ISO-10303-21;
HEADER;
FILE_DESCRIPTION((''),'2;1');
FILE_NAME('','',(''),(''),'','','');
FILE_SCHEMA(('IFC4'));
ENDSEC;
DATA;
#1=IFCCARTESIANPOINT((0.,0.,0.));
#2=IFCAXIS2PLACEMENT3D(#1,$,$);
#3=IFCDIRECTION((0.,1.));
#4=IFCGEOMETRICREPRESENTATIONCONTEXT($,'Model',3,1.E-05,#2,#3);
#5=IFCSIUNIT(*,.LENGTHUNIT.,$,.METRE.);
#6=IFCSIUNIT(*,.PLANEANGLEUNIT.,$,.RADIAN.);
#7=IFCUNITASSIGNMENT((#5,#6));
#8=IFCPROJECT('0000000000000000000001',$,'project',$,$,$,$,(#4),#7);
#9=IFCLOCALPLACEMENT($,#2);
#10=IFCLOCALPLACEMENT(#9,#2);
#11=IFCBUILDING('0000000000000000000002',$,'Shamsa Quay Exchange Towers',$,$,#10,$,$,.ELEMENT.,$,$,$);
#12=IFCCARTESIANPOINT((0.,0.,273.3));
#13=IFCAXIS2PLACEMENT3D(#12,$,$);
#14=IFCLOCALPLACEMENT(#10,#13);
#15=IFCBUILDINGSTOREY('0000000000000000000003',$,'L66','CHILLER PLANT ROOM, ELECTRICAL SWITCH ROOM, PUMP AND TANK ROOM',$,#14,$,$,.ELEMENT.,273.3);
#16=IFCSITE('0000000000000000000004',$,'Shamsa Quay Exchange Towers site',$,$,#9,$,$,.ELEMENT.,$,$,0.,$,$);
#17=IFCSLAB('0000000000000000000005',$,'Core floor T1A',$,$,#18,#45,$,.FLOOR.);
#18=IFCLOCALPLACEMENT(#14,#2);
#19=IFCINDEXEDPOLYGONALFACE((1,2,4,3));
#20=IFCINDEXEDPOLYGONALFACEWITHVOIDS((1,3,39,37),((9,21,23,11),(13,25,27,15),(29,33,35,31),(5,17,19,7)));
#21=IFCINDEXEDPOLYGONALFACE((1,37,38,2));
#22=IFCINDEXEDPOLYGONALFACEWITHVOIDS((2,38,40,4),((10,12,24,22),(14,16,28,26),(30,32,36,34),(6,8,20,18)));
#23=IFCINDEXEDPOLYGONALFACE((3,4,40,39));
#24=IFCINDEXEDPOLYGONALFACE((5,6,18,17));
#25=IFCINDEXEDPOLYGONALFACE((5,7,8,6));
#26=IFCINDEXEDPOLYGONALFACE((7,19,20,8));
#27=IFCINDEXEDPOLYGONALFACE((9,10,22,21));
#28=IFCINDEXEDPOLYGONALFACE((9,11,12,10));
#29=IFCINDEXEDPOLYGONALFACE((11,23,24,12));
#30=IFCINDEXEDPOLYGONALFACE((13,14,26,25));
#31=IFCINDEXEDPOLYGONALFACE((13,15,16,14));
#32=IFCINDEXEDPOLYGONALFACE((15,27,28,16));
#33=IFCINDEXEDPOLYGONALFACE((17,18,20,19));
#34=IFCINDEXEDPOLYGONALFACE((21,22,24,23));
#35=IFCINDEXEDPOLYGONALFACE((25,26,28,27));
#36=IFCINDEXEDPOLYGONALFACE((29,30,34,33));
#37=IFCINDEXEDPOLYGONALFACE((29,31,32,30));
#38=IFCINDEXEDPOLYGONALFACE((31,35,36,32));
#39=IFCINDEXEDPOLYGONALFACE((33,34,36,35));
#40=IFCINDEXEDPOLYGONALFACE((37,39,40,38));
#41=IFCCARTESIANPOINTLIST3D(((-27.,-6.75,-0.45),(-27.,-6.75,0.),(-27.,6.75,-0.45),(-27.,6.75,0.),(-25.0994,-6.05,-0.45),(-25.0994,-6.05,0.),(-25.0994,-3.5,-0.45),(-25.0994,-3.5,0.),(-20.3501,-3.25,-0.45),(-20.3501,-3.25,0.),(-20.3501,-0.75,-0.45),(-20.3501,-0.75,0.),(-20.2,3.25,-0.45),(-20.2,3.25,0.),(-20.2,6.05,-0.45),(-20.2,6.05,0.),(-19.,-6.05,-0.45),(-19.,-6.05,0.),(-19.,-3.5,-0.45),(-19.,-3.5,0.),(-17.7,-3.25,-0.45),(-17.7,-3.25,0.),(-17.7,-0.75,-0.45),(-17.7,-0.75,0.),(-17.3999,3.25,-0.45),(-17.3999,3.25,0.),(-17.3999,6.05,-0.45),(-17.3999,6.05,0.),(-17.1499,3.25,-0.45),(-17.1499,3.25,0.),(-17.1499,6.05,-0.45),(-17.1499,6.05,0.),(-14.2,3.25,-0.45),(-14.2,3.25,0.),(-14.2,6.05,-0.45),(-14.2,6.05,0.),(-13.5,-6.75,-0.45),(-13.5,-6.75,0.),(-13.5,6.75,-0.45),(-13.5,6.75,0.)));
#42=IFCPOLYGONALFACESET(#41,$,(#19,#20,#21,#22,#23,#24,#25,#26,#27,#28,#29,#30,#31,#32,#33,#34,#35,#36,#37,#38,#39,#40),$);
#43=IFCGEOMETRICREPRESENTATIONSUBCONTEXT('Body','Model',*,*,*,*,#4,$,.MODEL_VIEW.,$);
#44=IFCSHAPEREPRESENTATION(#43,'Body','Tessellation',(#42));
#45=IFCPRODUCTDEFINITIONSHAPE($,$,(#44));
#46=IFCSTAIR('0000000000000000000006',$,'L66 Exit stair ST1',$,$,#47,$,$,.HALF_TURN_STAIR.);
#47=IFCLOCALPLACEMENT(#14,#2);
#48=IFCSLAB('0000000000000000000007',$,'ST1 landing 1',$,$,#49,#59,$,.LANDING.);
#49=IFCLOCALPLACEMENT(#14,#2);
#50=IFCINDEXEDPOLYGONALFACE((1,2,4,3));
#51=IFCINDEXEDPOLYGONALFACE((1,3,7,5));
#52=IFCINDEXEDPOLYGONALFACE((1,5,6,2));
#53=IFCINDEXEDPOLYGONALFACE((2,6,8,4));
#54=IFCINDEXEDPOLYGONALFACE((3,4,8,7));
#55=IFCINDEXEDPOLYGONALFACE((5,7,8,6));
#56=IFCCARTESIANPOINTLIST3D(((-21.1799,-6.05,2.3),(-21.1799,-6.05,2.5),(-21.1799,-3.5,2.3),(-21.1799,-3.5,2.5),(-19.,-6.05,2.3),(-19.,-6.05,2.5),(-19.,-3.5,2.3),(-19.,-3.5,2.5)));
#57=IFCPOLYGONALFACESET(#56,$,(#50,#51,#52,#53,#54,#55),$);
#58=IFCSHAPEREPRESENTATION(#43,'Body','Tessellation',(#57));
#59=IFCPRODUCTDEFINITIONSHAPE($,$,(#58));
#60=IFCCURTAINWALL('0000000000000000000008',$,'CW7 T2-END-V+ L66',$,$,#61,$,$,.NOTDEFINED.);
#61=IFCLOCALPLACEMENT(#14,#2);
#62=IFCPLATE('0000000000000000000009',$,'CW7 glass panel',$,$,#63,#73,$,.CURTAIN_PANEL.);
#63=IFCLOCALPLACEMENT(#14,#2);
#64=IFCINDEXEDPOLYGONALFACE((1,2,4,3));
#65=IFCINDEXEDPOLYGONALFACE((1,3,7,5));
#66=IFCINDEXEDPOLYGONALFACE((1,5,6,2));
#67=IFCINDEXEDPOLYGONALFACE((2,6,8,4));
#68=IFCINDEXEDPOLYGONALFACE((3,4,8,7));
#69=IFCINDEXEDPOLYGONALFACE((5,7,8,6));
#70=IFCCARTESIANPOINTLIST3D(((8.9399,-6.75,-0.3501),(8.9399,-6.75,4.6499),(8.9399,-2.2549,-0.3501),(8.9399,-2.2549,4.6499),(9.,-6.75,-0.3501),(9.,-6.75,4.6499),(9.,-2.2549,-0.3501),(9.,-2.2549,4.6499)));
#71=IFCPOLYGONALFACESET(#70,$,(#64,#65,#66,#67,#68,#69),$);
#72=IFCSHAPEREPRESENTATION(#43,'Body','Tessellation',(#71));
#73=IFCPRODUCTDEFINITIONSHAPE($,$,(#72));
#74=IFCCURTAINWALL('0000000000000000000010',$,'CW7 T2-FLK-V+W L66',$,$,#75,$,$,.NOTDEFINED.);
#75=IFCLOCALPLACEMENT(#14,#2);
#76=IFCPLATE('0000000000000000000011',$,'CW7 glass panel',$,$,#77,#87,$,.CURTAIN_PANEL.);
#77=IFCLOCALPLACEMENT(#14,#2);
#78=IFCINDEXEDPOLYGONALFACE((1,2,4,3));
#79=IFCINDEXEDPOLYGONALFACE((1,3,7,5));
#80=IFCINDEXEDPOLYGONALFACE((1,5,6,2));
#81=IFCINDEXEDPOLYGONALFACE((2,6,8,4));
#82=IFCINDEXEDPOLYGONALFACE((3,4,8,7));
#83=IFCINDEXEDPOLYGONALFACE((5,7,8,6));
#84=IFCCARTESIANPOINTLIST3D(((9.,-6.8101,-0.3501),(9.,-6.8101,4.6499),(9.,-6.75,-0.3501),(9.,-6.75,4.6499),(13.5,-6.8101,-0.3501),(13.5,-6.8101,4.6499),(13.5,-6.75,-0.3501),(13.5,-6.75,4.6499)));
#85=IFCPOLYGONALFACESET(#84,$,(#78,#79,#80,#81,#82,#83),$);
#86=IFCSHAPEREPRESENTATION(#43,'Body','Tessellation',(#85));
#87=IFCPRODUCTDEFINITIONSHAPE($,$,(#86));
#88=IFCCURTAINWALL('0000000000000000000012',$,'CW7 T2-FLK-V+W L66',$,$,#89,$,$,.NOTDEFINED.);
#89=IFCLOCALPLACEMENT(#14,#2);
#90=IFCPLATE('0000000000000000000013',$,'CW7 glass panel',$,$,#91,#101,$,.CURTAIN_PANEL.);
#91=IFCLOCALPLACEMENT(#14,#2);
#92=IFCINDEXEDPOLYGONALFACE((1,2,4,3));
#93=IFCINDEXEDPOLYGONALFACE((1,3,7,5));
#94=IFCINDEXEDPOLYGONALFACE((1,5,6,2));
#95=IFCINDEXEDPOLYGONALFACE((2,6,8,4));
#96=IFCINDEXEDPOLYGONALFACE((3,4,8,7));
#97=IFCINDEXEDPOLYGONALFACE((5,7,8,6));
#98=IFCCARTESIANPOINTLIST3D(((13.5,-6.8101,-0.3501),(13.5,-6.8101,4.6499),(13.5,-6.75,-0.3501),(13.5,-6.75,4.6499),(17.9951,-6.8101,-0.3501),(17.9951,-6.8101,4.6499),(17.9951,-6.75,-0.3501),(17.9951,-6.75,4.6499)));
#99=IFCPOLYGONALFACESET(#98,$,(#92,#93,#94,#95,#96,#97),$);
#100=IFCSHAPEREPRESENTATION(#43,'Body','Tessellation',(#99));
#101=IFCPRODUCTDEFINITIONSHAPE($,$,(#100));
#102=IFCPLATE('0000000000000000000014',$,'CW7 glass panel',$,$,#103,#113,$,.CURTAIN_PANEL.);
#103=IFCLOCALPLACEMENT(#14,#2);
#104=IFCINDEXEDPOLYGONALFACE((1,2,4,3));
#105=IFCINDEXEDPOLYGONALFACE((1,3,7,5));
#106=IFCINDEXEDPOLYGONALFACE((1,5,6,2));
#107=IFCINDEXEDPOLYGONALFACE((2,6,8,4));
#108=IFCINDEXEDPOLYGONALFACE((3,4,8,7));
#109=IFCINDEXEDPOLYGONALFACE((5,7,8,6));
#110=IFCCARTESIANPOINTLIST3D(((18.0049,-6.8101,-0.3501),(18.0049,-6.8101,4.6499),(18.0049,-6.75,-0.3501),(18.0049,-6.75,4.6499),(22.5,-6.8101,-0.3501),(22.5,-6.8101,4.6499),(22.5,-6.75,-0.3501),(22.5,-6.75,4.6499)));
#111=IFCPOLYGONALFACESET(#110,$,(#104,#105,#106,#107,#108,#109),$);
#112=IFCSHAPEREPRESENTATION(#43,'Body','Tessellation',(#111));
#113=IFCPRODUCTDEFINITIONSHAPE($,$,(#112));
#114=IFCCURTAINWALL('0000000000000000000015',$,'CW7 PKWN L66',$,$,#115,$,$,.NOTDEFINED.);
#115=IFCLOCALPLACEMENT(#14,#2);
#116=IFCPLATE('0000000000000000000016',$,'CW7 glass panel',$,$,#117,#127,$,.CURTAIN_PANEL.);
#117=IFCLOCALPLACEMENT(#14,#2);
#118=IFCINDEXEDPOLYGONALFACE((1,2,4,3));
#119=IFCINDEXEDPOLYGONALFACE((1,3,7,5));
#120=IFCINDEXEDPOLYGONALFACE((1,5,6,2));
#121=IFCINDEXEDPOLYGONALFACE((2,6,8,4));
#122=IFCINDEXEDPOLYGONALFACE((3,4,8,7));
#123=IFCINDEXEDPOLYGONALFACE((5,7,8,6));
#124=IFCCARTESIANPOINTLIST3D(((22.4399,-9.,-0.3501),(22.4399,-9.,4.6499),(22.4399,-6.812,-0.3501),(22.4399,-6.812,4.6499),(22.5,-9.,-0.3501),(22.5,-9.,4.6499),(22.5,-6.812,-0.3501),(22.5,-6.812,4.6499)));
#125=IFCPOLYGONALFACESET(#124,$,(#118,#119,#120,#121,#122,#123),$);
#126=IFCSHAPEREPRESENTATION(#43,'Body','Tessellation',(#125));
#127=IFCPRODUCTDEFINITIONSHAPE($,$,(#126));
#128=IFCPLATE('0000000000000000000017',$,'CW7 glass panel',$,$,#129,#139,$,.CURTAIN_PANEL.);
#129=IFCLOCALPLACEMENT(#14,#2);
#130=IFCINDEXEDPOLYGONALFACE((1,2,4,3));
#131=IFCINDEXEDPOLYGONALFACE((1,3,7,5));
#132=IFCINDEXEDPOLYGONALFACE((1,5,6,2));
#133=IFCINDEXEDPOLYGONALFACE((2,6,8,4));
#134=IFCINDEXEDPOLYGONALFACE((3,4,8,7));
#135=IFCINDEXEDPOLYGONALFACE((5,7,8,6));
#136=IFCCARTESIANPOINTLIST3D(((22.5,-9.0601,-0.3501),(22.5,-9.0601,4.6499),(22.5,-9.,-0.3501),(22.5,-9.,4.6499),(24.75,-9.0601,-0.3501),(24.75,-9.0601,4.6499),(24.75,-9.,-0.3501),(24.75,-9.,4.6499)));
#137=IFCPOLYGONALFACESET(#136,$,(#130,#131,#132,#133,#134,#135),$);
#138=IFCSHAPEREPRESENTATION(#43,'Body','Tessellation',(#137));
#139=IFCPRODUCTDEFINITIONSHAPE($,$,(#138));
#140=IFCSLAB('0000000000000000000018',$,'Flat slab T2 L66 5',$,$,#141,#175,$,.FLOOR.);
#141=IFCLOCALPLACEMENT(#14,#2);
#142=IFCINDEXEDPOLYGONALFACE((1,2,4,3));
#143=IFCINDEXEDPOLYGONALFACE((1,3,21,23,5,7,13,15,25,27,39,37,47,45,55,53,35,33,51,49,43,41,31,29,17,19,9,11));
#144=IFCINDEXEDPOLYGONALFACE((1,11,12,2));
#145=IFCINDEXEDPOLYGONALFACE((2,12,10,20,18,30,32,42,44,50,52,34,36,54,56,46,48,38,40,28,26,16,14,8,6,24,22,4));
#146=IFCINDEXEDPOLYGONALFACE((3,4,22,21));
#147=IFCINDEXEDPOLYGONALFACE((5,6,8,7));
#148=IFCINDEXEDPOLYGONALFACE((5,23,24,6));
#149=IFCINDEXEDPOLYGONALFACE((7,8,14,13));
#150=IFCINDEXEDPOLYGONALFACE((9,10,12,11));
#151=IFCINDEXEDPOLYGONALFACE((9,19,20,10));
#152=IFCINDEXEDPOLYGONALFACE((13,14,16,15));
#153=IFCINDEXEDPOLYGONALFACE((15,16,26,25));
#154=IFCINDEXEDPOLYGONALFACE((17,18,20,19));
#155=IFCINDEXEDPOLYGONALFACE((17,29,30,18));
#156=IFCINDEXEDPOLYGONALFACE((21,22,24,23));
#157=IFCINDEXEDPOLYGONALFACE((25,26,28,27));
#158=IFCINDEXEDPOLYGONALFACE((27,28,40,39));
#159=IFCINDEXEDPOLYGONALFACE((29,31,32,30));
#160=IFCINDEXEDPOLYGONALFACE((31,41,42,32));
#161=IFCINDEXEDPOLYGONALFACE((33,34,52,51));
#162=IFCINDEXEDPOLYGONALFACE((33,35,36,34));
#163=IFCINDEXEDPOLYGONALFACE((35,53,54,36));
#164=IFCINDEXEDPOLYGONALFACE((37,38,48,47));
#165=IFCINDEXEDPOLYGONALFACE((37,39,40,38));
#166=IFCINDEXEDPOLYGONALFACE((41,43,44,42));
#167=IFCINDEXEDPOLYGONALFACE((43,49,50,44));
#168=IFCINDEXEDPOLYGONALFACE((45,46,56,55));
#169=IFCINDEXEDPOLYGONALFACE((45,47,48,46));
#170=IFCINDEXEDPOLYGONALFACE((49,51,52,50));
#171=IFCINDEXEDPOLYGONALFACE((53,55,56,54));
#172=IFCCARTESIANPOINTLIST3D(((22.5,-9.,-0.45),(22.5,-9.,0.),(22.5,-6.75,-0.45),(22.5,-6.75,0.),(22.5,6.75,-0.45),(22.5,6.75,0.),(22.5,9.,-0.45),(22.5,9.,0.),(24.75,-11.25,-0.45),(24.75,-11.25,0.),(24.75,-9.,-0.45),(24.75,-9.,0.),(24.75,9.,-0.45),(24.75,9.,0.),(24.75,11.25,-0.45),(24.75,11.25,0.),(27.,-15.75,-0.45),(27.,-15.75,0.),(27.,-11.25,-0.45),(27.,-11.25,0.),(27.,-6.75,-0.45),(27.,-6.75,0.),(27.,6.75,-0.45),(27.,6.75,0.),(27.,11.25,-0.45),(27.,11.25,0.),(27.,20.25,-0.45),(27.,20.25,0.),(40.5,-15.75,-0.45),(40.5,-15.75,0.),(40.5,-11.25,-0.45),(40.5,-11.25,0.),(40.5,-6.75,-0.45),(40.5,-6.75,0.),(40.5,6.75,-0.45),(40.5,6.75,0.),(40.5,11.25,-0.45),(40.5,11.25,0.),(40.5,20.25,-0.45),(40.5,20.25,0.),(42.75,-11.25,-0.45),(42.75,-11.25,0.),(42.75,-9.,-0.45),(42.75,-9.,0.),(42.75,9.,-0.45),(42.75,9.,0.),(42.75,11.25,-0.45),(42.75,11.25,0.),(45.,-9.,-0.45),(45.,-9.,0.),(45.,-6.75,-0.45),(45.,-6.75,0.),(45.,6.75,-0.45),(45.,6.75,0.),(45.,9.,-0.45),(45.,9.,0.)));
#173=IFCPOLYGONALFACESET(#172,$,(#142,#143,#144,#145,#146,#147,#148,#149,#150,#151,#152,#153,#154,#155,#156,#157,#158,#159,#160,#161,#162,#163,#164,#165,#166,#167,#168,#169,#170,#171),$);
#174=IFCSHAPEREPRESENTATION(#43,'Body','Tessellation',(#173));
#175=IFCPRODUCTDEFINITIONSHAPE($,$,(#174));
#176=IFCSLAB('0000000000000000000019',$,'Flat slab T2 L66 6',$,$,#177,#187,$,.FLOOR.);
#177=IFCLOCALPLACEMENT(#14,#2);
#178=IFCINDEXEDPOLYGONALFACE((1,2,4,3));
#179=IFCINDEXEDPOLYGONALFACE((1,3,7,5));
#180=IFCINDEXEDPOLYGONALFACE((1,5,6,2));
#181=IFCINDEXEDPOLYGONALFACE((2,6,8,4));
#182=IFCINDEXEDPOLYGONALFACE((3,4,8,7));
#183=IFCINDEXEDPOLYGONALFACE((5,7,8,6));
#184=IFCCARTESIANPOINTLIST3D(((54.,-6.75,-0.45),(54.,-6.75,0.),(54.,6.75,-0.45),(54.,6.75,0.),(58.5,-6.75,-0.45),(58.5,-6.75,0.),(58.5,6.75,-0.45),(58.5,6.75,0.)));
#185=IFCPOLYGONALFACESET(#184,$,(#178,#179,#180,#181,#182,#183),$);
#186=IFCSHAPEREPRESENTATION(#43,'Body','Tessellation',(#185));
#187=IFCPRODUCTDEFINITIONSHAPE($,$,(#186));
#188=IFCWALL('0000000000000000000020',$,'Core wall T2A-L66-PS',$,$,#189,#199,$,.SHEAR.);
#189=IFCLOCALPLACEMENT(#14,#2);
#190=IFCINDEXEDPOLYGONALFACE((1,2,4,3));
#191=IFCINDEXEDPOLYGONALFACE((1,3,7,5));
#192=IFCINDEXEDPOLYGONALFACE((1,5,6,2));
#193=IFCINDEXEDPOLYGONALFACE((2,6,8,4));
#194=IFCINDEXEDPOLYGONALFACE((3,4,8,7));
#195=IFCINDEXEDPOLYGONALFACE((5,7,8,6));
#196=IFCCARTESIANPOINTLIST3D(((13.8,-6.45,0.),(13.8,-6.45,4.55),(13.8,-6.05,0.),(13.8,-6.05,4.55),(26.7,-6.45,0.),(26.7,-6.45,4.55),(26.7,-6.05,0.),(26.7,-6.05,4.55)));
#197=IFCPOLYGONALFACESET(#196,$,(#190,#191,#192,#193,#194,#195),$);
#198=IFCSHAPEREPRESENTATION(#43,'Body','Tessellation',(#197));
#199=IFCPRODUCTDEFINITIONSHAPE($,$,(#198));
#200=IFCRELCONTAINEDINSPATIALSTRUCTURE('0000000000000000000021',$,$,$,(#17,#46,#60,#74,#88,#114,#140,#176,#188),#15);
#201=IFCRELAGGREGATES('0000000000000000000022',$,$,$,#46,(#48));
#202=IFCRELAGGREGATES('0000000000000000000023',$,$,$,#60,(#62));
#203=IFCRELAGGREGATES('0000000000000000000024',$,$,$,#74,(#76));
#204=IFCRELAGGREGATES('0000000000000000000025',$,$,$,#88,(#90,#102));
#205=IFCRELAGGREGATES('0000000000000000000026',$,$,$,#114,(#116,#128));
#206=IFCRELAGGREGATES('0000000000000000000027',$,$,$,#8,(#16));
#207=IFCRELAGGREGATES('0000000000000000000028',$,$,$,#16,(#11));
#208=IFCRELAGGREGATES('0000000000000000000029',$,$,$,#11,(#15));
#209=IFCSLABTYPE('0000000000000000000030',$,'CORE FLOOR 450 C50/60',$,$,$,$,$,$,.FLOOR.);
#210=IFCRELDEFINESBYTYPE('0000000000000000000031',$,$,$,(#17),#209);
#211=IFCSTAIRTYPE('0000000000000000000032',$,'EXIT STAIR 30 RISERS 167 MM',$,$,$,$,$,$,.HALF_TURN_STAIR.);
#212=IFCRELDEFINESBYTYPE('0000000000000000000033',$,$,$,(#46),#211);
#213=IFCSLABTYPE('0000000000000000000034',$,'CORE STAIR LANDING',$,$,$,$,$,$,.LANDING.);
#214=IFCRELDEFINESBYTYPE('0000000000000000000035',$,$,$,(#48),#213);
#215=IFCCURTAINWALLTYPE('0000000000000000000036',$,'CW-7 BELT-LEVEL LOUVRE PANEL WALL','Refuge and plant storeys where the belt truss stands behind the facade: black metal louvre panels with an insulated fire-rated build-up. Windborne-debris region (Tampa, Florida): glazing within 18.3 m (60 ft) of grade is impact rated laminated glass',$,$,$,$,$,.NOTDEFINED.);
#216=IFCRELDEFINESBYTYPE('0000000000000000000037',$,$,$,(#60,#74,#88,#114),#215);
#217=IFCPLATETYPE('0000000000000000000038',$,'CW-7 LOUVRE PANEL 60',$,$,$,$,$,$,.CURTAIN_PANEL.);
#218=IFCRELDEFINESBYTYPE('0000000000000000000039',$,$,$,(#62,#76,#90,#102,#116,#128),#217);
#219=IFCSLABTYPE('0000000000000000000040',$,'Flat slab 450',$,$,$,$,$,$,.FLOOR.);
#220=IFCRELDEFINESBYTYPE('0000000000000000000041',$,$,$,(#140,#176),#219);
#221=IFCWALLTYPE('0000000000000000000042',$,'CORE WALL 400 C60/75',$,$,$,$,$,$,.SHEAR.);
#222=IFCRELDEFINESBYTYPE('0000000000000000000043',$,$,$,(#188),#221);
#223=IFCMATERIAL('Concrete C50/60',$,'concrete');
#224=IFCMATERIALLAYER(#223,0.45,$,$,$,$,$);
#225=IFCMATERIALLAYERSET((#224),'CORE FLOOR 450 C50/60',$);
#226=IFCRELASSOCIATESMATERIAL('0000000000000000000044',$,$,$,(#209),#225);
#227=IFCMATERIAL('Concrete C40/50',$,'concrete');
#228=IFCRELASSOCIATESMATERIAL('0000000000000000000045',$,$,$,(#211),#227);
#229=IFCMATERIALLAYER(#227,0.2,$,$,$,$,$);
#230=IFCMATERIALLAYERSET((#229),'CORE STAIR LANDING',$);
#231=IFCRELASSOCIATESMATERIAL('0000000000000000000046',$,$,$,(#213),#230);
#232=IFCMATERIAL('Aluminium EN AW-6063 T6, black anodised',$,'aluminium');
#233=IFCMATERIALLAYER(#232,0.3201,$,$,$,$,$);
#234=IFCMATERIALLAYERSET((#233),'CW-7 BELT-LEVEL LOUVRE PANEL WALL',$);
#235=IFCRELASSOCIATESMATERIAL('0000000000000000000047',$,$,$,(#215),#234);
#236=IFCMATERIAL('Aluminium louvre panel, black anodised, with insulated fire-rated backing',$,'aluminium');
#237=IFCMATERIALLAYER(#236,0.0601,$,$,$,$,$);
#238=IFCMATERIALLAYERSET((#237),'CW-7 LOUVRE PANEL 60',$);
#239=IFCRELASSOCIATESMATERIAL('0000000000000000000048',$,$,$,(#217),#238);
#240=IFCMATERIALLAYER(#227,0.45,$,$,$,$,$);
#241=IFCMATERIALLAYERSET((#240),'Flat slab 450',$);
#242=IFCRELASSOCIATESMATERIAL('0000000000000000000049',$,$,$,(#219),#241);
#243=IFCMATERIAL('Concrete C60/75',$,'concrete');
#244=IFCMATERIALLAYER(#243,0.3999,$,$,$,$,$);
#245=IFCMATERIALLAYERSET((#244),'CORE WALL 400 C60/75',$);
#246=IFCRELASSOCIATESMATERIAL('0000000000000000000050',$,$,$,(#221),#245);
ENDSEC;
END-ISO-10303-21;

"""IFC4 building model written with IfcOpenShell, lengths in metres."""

from ifc_helpers import new_model, si_unit, direction, frame, frame_2d, origin, origin_2d, place, context, subcontext, project, spatial, polyline, rectangle, outline, extrude, material, layer, layer_set, type_object, element, aggregate, save


model = new_model("IFC4")

# Units and contexts
model_context = context("Model", 3, precision=1e-05, world=origin(), true_north=direction((0.0, 1.0)))
body_context = subcontext(model_context, "Body", "Model", "MODEL_VIEW")
ifc_project = project(units=[si_unit("LENGTHUNIT", "METRE"), si_unit("PLANEANGLEUNIT", "RADIAN")], contexts=[model_context])

# Site, building, storey
site_placement = place(None, origin())
site = spatial("IfcSite", under=ifc_project, at=site_placement, Name="Shamsa Quay Exchange Towers site", CompositionType="ELEMENT", RefElevation=0.0)
building_placement = place(site_placement, origin())
building = spatial("IfcBuilding", under=site, at=building_placement, Name="Shamsa Quay Exchange Towers", CompositionType="ELEMENT")
storey_placement = place(building_placement, frame((0.0, 0.0, 273.3)))
storey = spatial("IfcBuildingStorey", under=building, at=storey_placement, Name="L66", Description="CHILLER PLANT ROOM, ELECTRICAL SWITCH ROOM, PUMP AND TANK ROOM", CompositionType="ELEMENT", Elevation=273.3)

# Slab
ifc_material_1 = material(Name="Concrete C50/60", Category="concrete")
ifc_layer_1 = layer(ifc_material_1, 0.45)
ifc_layer_set_1 = layer_set([ifc_layer_1], Name="CORE FLOOR 450 C50/60")
slab_type_1 = type_object("IfcSlabType", Name="CORE FLOOR 450 C50/60", PredefinedType="FLOOR", material=ifc_layer_set_1)
slab_1_placement = place(storey_placement, frame((0.0, 0.0, -0.45)))
element("IfcSlab", 1, at=slab_1_placement, inside=storey, type_object=slab_type_1, Name="Core floor T1A", PredefinedType="FLOOR", context=body_context, shape_type="SweptSolid", body=[
    extrude(outline(polyline([(-27.0, -6.75), (-13.5, -6.75), (-13.5, 6.75), (-27.0, 6.75), (-27.0, -6.75)]), holes=[polyline([(-25.0994, -6.05), (-25.0994, -3.5), (-19.0, -3.5), (-19.0, -6.05), (-25.0994, -6.05)]), polyline([(-20.2, 3.25), (-20.2, 6.05), (-17.3999, 6.05), (-17.3999, 3.25), (-20.2, 3.25)]), polyline([(-17.1499, 3.25), (-17.1499, 6.05), (-14.2, 6.05), (-14.2, 3.25), (-17.1499, 3.25)]), polyline([(-20.3501, -3.25), (-20.3501, -0.75), (-17.7, -0.75), (-17.7, -3.25), (-20.3501, -3.25)])]), origin(), (0.0, 0.0, 1.0), 0.45),
])

# Stair, slab
ifc_material_2 = material(Name="Concrete C40/50", Category="concrete")
stair_type = type_object("IfcStairType", Name="EXIT STAIR 30 RISERS 167 MM", PredefinedType="HALF_TURN_STAIR", material=ifc_material_2)
stair_1_placement = place(storey_placement, origin())
stair_1 = element("IfcStair", 2, at=stair_1_placement, inside=storey, type_object=stair_type, Name="L66 Exit stair ST1", PredefinedType="HALF_TURN_STAIR")
ifc_layer_2 = layer(ifc_material_2, 0.2)
ifc_layer_set_2 = layer_set([ifc_layer_2], Name="CORE STAIR LANDING")
slab_type_2 = type_object("IfcSlabType", Name="CORE STAIR LANDING", PredefinedType="LANDING", material=ifc_layer_set_2)
slab_2_placement = place(storey_placement, frame((0.0, 0.0, 2.3)))
slab_2 = element("IfcSlab", 3, at=slab_2_placement, type_object=slab_type_2, Name="ST1 landing 1", PredefinedType="LANDING", context=body_context, shape_type="SweptSolid", body=[
    extrude(outline(polyline([(-21.1799, -6.05), (-19.0, -6.05), (-19.0, -3.5), (-21.1799, -3.5), (-21.1799, -6.05)])), origin(), (0.0, 0.0, 1.0), 0.2),
])
aggregate(stair_1, [slab_2])

# Curtain walls, plates
ifc_material_3 = material(Name="Aluminium EN AW-6063 T6, black anodised", Category="aluminium")
ifc_layer_3 = layer(ifc_material_3, 0.3201)
ifc_layer_set_3 = layer_set([ifc_layer_3], Name="CW-7 BELT-LEVEL LOUVRE PANEL WALL")
curtain_wall_type = type_object("IfcCurtainWallType", Name="CW-7 BELT-LEVEL LOUVRE PANEL WALL", Description="Refuge and plant storeys where the belt truss stands behind the facade: black metal louvre panels with an insulated fire-rated build-up. Windborne-debris region (Tampa, Florida): glazing within 18.3 m (60 ft) of grade is impact rated laminated glass", PredefinedType="NOTDEFINED", material=ifc_layer_set_3)
curtain_wall_1_placement = place(storey_placement, origin())
curtain_wall_1 = element("IfcCurtainWall", 4, at=curtain_wall_1_placement, inside=storey, type_object=curtain_wall_type, Name="CW7 T2-END-V+ L66", PredefinedType="NOTDEFINED")
ifc_material_4 = material(Name="Aluminium louvre panel, black anodised, with insulated fire-rated backing", Category="aluminium")
ifc_layer_4 = layer(ifc_material_4, 0.0601)
ifc_layer_set_4 = layer_set([ifc_layer_4], Name="CW-7 LOUVRE PANEL 60")
plate_type = type_object("IfcPlateType", Name="CW-7 LOUVRE PANEL 60", PredefinedType="CURTAIN_PANEL", material=ifc_layer_set_4)
plate_1_placement = place(storey_placement, frame((8.97, -4.5024, -0.3501), z_axis=(0.0, 0.0, 1.0), x_axis=(0.0, -1.0, 0.0)))
plate_1 = element("IfcPlate", 5, at=plate_1_placement, type_object=plate_type, Name="CW7 glass panel", PredefinedType="CURTAIN_PANEL", context=body_context, shape_type="SweptSolid", body=[
    extrude(rectangle(XDim=4.4951, YDim=0.0601, at=origin_2d()), origin(), (0.0, 0.0, 1.0), 5.0),
])
aggregate(curtain_wall_1, [plate_1])
curtain_wall_2_placement = place(storey_placement, origin())
curtain_wall_2 = element("IfcCurtainWall", 6, at=curtain_wall_2_placement, inside=storey, type_object=curtain_wall_type, Name="CW7 T2-FLK-V+W L66", PredefinedType="NOTDEFINED")
plate_2_placement = place(storey_placement, frame((11.25, -6.78, -0.3501)))
plate_2 = element("IfcPlate", 7, at=plate_2_placement, type_object=plate_type, Name="CW7 glass panel", PredefinedType="CURTAIN_PANEL", context=body_context, shape_type="SweptSolid", body=[
    extrude(rectangle(XDim=4.5, YDim=0.0601, at=origin_2d()), origin(), (0.0, 0.0, 1.0), 5.0),
])
aggregate(curtain_wall_2, [plate_2])

# Curtain walls, plates
curtain_wall_3_placement = place(storey_placement, origin())
curtain_wall_3 = element("IfcCurtainWall", 8, at=curtain_wall_3_placement, inside=storey, type_object=curtain_wall_type, Name="CW7 T2-FLK-V+W L66", PredefinedType="NOTDEFINED")
plate_3_placement = place(storey_placement, frame((15.7476, -6.78, -0.3501)))
plate_3 = element("IfcPlate", 9, at=plate_3_placement, type_object=plate_type, Name="CW7 glass panel", PredefinedType="CURTAIN_PANEL", context=body_context, shape_type="SweptSolid", body=[
    extrude(rectangle(XDim=4.4951, YDim=0.0601, at=origin_2d()), origin(), (0.0, 0.0, 1.0), 5.0),
])
plate_4_placement = place(storey_placement, frame((20.2524, -6.78, -0.3501)))
plate_4 = element("IfcPlate", 10, at=plate_4_placement, type_object=plate_type, Name="CW7 glass panel", PredefinedType="CURTAIN_PANEL", context=body_context, shape_type="SweptSolid", body=[
    extrude(rectangle(XDim=4.4951, YDim=0.0601, at=origin_2d()), origin(), (0.0, 0.0, 1.0), 5.0),
])
aggregate(curtain_wall_3, [plate_3, plate_4])
curtain_wall_4_placement = place(storey_placement, origin())
curtain_wall_4 = element("IfcCurtainWall", 11, at=curtain_wall_4_placement, inside=storey, type_object=curtain_wall_type, Name="CW7 PKWN L66", PredefinedType="NOTDEFINED")
plate_5_placement = place(storey_placement, frame((22.47, -7.906, -0.3501), z_axis=(0.0, 0.0, 1.0), x_axis=(0.0, -1.0, 0.0)))
plate_5 = element("IfcPlate", 12, at=plate_5_placement, type_object=plate_type, Name="CW7 glass panel", PredefinedType="CURTAIN_PANEL", context=body_context, shape_type="SweptSolid", body=[
    extrude(rectangle(XDim=2.188, YDim=0.0601, at=origin_2d()), origin(), (0.0, 0.0, 1.0), 5.0),
])
plate_6_placement = place(storey_placement, frame((23.625, -9.03, -0.3501)))
plate_6 = element("IfcPlate", 13, at=plate_6_placement, type_object=plate_type, Name="CW7 glass panel", PredefinedType="CURTAIN_PANEL", context=body_context, shape_type="SweptSolid", body=[
    extrude(rectangle(XDim=2.25, YDim=0.0601, at=origin_2d()), origin(), (0.0, 0.0, 1.0), 5.0),
])
aggregate(curtain_wall_4, [plate_5, plate_6])

# Slabs
ifc_layer_5 = layer(ifc_material_2, 0.45)
ifc_layer_set_5 = layer_set([ifc_layer_5], Name="Flat slab 450")
slab_type_3 = type_object("IfcSlabType", Name="Flat slab 450", PredefinedType="FLOOR", material=ifc_layer_set_5)
slab_3_placement = place(storey_placement, frame((0.0, 0.0, -0.45)))
element("IfcSlab", 14, at=slab_3_placement, inside=storey, type_object=slab_type_3, Name="Flat slab T2 L66 5", PredefinedType="FLOOR", context=body_context, shape_type="SweptSolid", body=[
    extrude(outline(polyline([(45.0, -9.0), (45.0, -6.75), (40.5, -6.75), (40.5, 6.75), (45.0, 6.75), (45.0, 9.0), (42.75, 9.0), (42.75, 11.25), (40.5, 11.25), (40.5, 20.25), (27.0, 20.25), (27.0, 11.25), (24.75, 11.25), (24.75, 9.0), (22.5, 9.0), (22.5, 6.75), (27.0, 6.75), (27.0, -6.75), (22.5, -6.75), (22.5, -9.0), (24.75, -9.0), (24.75, -11.25), (27.0, -11.25), (27.0, -15.75), (40.5, -15.75), (40.5, -11.25), (42.75, -11.25), (42.75, -9.0), (45.0, -9.0)])), origin(), (0.0, 0.0, 1.0), 0.45),
])
slab_4_placement = place(storey_placement, frame((0.0, 0.0, -0.45)))
element("IfcSlab", 15, at=slab_4_placement, inside=storey, type_object=slab_type_3, Name="Flat slab T2 L66 6", PredefinedType="FLOOR", context=body_context, shape_type="SweptSolid", body=[
    extrude(outline(polyline([(58.5, 6.75), (54.0, 6.75), (54.0, -6.75), (58.5, -6.75), (58.5, 6.75)])), origin(), (0.0, 0.0, 1.0), 0.45),
])

# Wall
ifc_material_5 = material(Name="Concrete C60/75", Category="concrete")
ifc_layer_6 = layer(ifc_material_5, 0.3999)
ifc_layer_set_6 = layer_set([ifc_layer_6], Name="CORE WALL 400 C60/75")
wall_type_1 = type_object("IfcWallType", Name="CORE WALL 400 C60/75", PredefinedType="SHEAR", material=ifc_layer_set_6)
wall_1_placement = place(storey_placement, frame((13.8, -6.25, 0.0)))
element("IfcWall", 16, at=wall_1_placement, inside=storey, type_object=wall_type_1, Name="Core wall T2A-L66-PS", PredefinedType="SHEAR", context=body_context, shape_type="SweptSolid", body=[
    extrude(rectangle(XDim=12.8999, YDim=0.3999, at=frame_2d((6.45, 0.0))), origin(), (0.0, 0.0, 1.0), 4.55),
])

save(model, "model.ifc")
